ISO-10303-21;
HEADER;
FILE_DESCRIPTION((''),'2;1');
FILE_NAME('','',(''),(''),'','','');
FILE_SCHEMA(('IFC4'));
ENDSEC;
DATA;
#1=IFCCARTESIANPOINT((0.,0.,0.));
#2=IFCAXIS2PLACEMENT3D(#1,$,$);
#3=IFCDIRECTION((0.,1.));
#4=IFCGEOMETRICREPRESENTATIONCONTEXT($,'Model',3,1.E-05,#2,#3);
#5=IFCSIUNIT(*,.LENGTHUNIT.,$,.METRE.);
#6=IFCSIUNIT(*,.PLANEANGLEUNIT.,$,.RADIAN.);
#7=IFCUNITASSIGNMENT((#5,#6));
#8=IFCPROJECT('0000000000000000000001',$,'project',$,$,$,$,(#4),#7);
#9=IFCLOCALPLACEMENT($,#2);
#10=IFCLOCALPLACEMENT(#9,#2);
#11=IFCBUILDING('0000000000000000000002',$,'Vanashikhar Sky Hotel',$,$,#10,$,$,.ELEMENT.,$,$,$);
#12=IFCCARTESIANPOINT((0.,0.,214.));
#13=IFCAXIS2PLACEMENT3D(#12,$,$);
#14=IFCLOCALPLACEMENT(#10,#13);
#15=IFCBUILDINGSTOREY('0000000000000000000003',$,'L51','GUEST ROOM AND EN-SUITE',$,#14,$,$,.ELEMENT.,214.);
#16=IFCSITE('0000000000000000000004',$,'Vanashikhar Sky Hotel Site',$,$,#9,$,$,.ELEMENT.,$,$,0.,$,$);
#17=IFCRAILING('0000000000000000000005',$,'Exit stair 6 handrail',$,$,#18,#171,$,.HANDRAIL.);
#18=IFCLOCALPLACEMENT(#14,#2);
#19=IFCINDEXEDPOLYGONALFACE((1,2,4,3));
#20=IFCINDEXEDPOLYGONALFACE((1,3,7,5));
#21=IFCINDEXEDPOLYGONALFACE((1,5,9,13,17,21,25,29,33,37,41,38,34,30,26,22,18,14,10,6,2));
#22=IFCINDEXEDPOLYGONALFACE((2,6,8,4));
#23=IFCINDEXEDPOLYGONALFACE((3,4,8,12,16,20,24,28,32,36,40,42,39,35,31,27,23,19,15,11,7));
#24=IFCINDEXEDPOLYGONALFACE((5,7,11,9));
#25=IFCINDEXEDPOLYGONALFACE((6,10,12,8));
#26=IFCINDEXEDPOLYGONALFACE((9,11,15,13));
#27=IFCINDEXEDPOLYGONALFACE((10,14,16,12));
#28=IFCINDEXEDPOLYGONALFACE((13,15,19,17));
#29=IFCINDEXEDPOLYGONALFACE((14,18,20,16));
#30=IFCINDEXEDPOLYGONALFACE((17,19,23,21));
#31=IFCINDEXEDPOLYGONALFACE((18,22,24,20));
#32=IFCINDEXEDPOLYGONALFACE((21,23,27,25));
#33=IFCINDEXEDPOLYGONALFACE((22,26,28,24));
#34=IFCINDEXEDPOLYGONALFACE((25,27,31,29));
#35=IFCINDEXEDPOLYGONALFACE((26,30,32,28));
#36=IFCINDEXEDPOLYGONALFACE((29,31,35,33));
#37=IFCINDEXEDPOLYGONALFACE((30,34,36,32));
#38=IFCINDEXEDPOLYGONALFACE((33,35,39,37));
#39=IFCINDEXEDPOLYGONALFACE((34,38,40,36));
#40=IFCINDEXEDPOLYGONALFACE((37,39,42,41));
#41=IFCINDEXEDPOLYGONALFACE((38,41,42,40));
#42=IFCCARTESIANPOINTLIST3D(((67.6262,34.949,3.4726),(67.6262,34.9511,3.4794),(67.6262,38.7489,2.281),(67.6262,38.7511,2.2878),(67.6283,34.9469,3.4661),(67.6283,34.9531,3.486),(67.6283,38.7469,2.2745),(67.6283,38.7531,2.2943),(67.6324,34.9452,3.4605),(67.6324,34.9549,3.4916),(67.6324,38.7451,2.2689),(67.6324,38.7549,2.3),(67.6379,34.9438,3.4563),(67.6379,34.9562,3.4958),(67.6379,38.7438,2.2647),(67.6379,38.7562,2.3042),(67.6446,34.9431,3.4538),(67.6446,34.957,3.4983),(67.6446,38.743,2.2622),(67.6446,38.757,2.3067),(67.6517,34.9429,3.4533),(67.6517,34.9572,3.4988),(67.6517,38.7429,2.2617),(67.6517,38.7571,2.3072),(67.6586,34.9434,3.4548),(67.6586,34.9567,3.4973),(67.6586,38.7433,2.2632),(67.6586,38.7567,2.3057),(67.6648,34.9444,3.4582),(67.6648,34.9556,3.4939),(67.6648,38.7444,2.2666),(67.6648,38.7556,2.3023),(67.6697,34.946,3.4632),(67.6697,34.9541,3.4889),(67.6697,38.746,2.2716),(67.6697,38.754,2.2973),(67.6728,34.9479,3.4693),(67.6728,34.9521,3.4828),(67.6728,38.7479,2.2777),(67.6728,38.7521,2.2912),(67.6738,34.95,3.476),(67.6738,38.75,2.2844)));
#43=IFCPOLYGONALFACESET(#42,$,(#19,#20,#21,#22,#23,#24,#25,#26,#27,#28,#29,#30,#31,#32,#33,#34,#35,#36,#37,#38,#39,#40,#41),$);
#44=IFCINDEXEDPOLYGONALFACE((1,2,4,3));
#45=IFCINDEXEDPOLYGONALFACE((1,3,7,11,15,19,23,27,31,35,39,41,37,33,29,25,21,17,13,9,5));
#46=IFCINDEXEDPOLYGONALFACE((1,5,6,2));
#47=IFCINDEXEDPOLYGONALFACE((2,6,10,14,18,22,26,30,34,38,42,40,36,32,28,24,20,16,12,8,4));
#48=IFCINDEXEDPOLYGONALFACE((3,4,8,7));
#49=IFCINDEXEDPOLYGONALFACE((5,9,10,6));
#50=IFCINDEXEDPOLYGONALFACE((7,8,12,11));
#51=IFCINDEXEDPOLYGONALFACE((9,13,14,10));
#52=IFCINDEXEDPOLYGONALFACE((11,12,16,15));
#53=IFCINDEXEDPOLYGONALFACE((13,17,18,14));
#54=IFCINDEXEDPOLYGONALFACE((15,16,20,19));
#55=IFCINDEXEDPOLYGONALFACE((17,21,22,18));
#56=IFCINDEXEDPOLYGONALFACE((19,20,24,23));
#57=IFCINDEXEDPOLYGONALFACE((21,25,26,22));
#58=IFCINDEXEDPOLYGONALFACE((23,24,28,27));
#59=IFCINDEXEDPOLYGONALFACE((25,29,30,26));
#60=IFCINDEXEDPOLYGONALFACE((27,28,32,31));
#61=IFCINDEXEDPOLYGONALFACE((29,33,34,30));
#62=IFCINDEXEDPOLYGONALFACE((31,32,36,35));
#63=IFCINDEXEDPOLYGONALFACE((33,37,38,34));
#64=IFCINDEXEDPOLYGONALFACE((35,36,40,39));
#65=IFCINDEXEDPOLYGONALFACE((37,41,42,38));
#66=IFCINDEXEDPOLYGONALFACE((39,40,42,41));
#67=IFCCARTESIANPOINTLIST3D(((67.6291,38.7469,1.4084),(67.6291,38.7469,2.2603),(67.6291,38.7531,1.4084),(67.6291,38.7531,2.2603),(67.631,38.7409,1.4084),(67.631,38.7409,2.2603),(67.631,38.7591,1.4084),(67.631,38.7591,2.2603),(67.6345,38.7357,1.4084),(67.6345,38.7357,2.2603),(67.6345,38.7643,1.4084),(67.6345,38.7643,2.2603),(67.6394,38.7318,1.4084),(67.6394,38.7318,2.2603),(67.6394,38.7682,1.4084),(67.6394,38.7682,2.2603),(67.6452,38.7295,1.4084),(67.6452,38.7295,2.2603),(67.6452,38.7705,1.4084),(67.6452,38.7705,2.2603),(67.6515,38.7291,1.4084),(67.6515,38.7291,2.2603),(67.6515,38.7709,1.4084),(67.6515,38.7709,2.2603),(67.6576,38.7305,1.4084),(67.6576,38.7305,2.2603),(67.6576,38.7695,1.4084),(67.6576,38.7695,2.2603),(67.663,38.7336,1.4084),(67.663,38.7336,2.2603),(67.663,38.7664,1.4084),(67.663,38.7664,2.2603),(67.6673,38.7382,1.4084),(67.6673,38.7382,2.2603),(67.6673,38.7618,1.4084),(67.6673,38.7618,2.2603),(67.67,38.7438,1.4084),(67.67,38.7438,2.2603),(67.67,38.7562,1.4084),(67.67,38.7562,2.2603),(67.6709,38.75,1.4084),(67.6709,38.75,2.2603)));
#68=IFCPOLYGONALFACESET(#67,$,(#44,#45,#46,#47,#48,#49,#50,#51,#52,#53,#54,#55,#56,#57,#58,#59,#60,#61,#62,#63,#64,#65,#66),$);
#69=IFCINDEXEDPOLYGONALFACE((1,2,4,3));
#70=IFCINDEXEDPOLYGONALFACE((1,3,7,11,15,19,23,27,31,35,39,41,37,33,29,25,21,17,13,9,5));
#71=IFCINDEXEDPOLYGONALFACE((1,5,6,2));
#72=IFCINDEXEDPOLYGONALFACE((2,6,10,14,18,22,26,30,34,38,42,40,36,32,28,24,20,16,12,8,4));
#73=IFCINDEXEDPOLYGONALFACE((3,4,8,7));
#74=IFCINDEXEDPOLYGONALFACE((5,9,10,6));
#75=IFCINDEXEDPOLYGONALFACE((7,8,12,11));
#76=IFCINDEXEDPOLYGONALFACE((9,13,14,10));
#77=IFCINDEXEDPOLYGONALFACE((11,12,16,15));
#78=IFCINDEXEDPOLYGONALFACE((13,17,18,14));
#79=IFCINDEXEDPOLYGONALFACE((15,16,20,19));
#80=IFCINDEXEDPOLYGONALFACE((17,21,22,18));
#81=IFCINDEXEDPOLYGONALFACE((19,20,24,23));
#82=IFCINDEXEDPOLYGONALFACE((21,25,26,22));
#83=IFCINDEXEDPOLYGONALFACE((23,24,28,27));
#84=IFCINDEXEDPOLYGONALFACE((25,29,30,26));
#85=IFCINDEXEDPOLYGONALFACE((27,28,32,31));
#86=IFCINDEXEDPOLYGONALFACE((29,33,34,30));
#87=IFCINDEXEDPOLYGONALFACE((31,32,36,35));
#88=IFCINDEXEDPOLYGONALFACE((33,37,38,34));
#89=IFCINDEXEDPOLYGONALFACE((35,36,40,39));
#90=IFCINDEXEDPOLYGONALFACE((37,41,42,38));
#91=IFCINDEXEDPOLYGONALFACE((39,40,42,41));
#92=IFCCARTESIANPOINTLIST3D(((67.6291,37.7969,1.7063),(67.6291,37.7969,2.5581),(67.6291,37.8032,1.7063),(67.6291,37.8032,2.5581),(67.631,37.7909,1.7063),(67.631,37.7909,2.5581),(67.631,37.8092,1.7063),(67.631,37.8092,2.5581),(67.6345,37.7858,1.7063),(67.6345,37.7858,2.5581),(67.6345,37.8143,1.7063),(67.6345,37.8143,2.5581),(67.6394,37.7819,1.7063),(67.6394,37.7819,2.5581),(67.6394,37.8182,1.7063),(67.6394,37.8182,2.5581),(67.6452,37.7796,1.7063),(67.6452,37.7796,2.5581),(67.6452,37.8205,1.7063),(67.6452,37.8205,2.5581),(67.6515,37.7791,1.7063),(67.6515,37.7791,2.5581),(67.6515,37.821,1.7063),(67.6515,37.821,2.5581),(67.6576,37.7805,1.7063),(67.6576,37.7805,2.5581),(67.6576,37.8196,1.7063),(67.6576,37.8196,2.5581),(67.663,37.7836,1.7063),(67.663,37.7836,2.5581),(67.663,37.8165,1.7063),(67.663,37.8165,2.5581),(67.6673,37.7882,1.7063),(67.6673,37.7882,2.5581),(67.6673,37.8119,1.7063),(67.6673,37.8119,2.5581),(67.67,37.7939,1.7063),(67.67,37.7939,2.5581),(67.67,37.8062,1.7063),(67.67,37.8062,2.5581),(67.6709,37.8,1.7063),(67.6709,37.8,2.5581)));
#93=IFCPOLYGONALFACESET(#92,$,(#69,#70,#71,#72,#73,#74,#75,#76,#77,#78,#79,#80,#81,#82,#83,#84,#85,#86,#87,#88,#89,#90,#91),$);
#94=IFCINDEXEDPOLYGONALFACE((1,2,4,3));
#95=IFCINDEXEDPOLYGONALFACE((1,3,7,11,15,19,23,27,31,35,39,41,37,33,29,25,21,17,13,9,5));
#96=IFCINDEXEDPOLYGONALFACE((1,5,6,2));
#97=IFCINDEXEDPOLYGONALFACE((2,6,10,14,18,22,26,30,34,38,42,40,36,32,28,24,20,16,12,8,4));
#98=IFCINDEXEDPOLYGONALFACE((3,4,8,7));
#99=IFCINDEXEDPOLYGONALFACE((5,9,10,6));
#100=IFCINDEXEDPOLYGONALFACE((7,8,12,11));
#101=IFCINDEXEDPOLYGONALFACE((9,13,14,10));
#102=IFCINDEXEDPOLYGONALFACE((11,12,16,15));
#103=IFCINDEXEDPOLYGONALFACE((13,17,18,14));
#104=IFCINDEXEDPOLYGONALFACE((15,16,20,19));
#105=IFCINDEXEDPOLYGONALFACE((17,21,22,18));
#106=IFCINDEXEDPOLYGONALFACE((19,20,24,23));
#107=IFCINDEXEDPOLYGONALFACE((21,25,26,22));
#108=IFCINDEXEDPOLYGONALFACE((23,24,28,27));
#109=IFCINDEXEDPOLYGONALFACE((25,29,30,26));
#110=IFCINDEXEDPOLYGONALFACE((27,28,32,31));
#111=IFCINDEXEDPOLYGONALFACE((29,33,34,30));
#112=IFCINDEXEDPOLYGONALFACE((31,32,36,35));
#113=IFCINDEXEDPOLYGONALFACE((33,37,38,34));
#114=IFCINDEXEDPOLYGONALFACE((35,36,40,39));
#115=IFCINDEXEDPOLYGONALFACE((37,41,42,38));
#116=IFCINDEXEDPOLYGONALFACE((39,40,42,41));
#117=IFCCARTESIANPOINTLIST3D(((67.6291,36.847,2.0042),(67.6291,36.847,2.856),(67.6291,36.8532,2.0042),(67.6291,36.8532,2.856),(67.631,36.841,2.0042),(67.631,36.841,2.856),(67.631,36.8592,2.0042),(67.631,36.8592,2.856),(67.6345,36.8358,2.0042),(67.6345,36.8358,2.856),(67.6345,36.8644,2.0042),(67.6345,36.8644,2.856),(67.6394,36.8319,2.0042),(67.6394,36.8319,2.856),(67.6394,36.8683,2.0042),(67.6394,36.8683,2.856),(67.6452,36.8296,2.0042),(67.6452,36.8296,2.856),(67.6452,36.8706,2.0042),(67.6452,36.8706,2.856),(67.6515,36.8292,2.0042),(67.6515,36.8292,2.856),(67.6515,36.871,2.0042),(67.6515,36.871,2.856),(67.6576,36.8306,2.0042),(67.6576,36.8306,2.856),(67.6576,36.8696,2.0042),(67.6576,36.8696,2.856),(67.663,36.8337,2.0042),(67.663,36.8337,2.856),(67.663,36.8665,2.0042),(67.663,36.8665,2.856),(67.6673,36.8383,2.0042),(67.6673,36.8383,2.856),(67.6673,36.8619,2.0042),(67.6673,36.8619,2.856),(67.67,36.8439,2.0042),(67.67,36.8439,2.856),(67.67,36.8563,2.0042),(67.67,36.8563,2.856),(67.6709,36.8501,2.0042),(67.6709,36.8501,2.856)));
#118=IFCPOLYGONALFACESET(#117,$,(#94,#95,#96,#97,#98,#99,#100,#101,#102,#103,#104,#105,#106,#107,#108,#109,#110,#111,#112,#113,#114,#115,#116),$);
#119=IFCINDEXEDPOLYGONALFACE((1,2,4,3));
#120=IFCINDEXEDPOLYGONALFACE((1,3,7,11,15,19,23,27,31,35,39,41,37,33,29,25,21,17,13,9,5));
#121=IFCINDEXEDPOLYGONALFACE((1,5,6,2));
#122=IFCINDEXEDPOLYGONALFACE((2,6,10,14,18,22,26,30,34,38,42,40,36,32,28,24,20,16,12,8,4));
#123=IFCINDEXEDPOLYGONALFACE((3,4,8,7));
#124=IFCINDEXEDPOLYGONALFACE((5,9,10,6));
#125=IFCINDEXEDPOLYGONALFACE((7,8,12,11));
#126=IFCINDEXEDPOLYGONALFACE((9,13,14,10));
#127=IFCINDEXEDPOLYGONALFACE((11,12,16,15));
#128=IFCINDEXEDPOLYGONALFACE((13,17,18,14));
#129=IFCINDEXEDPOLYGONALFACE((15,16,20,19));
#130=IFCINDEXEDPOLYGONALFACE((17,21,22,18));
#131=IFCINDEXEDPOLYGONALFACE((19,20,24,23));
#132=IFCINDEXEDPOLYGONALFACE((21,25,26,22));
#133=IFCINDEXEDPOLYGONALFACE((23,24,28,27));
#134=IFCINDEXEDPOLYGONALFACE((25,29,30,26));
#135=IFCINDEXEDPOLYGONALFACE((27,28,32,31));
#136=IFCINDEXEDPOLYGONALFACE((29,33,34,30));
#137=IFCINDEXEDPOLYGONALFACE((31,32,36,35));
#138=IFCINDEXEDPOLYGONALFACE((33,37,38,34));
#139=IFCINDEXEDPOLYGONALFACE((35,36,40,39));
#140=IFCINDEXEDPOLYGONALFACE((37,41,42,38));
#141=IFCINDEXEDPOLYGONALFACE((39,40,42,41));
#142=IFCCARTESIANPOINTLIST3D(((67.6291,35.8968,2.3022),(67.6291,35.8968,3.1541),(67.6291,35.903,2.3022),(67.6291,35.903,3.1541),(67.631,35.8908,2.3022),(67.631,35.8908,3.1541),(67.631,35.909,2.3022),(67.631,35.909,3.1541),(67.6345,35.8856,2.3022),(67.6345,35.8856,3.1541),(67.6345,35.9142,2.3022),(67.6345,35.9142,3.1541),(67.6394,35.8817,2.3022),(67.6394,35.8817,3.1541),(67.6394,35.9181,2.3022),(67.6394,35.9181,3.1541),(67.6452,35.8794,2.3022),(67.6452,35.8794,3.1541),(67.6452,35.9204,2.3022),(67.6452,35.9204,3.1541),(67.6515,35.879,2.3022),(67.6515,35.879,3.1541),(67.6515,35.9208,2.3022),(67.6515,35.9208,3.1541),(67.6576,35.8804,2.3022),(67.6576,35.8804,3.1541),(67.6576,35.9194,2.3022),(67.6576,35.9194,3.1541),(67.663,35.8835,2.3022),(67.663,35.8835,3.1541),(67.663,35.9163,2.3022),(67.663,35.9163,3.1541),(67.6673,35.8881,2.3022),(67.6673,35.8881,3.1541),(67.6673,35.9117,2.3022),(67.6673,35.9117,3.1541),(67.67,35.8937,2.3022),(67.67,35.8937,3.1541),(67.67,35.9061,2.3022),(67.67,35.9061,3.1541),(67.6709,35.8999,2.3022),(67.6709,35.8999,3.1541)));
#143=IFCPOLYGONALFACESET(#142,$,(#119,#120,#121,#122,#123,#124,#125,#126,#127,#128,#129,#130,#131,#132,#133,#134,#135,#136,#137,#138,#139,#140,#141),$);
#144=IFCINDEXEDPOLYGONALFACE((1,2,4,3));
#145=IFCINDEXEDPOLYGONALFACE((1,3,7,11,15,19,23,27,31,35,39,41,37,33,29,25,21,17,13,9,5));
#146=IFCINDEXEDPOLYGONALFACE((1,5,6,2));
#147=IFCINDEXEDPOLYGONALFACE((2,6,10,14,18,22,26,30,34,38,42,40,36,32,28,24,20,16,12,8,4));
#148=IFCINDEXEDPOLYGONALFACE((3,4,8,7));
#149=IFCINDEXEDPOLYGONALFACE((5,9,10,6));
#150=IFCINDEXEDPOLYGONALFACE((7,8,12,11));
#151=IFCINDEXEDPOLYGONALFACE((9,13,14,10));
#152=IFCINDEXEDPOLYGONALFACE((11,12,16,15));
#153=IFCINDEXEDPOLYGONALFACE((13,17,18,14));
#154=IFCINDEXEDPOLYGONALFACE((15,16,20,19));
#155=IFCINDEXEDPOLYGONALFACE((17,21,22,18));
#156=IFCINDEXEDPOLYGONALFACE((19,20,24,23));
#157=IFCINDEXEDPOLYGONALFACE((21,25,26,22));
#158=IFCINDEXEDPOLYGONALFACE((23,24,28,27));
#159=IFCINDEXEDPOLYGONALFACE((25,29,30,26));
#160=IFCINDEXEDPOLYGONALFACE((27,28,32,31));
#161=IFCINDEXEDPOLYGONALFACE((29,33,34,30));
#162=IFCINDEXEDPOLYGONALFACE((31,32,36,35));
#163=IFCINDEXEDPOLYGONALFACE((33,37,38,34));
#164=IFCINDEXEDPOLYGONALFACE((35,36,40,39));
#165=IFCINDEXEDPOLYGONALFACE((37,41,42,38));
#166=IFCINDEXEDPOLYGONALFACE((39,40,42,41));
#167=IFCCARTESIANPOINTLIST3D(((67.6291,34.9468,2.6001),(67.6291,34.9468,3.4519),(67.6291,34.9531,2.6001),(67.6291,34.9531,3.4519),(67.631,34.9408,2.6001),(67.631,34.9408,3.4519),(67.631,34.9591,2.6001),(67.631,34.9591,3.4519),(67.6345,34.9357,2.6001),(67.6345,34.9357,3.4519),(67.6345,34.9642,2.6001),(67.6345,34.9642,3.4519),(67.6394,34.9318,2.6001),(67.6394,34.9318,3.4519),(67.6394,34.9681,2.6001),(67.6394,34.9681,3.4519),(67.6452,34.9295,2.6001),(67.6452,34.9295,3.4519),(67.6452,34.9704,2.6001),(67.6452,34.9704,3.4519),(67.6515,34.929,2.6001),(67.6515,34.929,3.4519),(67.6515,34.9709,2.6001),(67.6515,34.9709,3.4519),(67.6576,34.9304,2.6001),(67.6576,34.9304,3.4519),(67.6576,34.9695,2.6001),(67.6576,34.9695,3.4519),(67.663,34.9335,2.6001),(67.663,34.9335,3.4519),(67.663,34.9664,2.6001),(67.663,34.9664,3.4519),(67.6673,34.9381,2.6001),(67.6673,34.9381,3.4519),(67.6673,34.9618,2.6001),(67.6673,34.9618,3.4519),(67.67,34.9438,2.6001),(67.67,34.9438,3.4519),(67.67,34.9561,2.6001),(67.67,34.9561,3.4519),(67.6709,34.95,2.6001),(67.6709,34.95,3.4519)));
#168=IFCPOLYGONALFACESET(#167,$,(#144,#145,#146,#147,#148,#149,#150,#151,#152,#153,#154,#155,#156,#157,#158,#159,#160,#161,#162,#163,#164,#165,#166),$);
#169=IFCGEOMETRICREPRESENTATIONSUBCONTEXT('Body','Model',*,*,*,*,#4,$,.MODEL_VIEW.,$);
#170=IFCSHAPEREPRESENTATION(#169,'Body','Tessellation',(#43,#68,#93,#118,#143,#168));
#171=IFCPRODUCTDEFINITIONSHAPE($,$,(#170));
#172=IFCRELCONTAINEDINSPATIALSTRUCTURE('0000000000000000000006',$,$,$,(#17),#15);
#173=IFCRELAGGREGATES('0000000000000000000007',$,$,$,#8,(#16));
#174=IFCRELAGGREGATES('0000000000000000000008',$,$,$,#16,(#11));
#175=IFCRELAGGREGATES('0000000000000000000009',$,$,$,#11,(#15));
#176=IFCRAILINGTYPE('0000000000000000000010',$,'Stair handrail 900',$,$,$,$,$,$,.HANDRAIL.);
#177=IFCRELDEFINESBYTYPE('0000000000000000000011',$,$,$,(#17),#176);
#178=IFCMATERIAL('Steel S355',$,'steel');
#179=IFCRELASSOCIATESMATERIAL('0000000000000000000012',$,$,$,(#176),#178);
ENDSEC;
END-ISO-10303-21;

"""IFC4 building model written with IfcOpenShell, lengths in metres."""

from ifc_helpers import new_model, si_unit, direction, frame, origin, origin_2d, place, context, subcontext, project, spatial, circle, extrude, source, transform, mapped, material, type_object, element, save


model = new_model("IFC4")

# Units and contexts
model_context = context("Model", 3, precision=1e-05, world=origin(), true_north=direction((0.0, 1.0)))
body_context = subcontext(model_context, "Body", "Model", "MODEL_VIEW")
ifc_project = project(units=[si_unit("LENGTHUNIT", "METRE"), si_unit("PLANEANGLEUNIT", "RADIAN")], contexts=[model_context])

# Site, building, storey
site_placement = place(None, origin())
site = spatial("IfcSite", under=ifc_project, at=site_placement, Name="Vanashikhar Sky Hotel Site", CompositionType="ELEMENT", RefElevation=0.0)
building_placement = place(site_placement, origin())
building = spatial("IfcBuilding", under=site, at=building_placement, Name="Vanashikhar Sky Hotel", CompositionType="ELEMENT")
storey_placement = place(building_placement, frame((0.0, 0.0, 214.0)))
storey = spatial("IfcBuildingStorey", under=building, at=storey_placement, Name="L51", Description="GUEST ROOM AND EN-SUITE", CompositionType="ELEMENT", Elevation=214.0)

# Railing
ifc_material_1 = material(Name="Steel S355", Category="steel")
railing_type_1 = type_object("IfcRailingType", Name="Stair handrail 900", PredefinedType="HANDRAIL", material=ifc_material_1)
shared_shape_1 = source(origin(), body_context, "Body", "SweptSolid", [
    extrude(circle(Radius=0.0239, at=origin_2d()), frame((0.0, 0.0, 0.876), z_axis=(0.0, -0.954184, 0.299221), x_axis=(1.0, 0.0, 0.0)), (0.0, 0.0, 1.0), 3.9824),
    extrude(circle(Radius=0.021, at=origin_2d()), origin(), (0.0, 0.0, 1.0), 0.8518),
    extrude(circle(Radius=0.021, at=origin_2d()), frame((0.0, -0.95, 0.2979)), (0.0, 0.0, 1.0), 0.8518),
    extrude(circle(Radius=0.021, at=origin_2d()), frame((0.0, -1.8999, 0.5957)), (0.0, 0.0, 1.0), 0.8518),
    extrude(circle(Radius=0.021, at=origin_2d()), frame((0.0, -2.8501, 0.8938)), (0.0, 0.0, 1.0), 0.8518),
    extrude(circle(Radius=0.021, at=origin_2d()), frame((0.0, -3.8, 1.1917)), (0.0, 0.0, 1.0), 0.8518),
])
railing_1_placement = place(storey_placement, frame((67.6499, 38.75, 1.4084)))
element("IfcRailing", 1, at=railing_1_placement, inside=storey, type_object=railing_type_1, Name="Exit stair 6 handrail", PredefinedType="HANDRAIL", context=body_context, shape_type="MappedRepresentation", body=[
    mapped(shared_shape_1, transform((0.0, 0.0, 0.0), scale=1.0)),
])

save(model, "model.ifc")
